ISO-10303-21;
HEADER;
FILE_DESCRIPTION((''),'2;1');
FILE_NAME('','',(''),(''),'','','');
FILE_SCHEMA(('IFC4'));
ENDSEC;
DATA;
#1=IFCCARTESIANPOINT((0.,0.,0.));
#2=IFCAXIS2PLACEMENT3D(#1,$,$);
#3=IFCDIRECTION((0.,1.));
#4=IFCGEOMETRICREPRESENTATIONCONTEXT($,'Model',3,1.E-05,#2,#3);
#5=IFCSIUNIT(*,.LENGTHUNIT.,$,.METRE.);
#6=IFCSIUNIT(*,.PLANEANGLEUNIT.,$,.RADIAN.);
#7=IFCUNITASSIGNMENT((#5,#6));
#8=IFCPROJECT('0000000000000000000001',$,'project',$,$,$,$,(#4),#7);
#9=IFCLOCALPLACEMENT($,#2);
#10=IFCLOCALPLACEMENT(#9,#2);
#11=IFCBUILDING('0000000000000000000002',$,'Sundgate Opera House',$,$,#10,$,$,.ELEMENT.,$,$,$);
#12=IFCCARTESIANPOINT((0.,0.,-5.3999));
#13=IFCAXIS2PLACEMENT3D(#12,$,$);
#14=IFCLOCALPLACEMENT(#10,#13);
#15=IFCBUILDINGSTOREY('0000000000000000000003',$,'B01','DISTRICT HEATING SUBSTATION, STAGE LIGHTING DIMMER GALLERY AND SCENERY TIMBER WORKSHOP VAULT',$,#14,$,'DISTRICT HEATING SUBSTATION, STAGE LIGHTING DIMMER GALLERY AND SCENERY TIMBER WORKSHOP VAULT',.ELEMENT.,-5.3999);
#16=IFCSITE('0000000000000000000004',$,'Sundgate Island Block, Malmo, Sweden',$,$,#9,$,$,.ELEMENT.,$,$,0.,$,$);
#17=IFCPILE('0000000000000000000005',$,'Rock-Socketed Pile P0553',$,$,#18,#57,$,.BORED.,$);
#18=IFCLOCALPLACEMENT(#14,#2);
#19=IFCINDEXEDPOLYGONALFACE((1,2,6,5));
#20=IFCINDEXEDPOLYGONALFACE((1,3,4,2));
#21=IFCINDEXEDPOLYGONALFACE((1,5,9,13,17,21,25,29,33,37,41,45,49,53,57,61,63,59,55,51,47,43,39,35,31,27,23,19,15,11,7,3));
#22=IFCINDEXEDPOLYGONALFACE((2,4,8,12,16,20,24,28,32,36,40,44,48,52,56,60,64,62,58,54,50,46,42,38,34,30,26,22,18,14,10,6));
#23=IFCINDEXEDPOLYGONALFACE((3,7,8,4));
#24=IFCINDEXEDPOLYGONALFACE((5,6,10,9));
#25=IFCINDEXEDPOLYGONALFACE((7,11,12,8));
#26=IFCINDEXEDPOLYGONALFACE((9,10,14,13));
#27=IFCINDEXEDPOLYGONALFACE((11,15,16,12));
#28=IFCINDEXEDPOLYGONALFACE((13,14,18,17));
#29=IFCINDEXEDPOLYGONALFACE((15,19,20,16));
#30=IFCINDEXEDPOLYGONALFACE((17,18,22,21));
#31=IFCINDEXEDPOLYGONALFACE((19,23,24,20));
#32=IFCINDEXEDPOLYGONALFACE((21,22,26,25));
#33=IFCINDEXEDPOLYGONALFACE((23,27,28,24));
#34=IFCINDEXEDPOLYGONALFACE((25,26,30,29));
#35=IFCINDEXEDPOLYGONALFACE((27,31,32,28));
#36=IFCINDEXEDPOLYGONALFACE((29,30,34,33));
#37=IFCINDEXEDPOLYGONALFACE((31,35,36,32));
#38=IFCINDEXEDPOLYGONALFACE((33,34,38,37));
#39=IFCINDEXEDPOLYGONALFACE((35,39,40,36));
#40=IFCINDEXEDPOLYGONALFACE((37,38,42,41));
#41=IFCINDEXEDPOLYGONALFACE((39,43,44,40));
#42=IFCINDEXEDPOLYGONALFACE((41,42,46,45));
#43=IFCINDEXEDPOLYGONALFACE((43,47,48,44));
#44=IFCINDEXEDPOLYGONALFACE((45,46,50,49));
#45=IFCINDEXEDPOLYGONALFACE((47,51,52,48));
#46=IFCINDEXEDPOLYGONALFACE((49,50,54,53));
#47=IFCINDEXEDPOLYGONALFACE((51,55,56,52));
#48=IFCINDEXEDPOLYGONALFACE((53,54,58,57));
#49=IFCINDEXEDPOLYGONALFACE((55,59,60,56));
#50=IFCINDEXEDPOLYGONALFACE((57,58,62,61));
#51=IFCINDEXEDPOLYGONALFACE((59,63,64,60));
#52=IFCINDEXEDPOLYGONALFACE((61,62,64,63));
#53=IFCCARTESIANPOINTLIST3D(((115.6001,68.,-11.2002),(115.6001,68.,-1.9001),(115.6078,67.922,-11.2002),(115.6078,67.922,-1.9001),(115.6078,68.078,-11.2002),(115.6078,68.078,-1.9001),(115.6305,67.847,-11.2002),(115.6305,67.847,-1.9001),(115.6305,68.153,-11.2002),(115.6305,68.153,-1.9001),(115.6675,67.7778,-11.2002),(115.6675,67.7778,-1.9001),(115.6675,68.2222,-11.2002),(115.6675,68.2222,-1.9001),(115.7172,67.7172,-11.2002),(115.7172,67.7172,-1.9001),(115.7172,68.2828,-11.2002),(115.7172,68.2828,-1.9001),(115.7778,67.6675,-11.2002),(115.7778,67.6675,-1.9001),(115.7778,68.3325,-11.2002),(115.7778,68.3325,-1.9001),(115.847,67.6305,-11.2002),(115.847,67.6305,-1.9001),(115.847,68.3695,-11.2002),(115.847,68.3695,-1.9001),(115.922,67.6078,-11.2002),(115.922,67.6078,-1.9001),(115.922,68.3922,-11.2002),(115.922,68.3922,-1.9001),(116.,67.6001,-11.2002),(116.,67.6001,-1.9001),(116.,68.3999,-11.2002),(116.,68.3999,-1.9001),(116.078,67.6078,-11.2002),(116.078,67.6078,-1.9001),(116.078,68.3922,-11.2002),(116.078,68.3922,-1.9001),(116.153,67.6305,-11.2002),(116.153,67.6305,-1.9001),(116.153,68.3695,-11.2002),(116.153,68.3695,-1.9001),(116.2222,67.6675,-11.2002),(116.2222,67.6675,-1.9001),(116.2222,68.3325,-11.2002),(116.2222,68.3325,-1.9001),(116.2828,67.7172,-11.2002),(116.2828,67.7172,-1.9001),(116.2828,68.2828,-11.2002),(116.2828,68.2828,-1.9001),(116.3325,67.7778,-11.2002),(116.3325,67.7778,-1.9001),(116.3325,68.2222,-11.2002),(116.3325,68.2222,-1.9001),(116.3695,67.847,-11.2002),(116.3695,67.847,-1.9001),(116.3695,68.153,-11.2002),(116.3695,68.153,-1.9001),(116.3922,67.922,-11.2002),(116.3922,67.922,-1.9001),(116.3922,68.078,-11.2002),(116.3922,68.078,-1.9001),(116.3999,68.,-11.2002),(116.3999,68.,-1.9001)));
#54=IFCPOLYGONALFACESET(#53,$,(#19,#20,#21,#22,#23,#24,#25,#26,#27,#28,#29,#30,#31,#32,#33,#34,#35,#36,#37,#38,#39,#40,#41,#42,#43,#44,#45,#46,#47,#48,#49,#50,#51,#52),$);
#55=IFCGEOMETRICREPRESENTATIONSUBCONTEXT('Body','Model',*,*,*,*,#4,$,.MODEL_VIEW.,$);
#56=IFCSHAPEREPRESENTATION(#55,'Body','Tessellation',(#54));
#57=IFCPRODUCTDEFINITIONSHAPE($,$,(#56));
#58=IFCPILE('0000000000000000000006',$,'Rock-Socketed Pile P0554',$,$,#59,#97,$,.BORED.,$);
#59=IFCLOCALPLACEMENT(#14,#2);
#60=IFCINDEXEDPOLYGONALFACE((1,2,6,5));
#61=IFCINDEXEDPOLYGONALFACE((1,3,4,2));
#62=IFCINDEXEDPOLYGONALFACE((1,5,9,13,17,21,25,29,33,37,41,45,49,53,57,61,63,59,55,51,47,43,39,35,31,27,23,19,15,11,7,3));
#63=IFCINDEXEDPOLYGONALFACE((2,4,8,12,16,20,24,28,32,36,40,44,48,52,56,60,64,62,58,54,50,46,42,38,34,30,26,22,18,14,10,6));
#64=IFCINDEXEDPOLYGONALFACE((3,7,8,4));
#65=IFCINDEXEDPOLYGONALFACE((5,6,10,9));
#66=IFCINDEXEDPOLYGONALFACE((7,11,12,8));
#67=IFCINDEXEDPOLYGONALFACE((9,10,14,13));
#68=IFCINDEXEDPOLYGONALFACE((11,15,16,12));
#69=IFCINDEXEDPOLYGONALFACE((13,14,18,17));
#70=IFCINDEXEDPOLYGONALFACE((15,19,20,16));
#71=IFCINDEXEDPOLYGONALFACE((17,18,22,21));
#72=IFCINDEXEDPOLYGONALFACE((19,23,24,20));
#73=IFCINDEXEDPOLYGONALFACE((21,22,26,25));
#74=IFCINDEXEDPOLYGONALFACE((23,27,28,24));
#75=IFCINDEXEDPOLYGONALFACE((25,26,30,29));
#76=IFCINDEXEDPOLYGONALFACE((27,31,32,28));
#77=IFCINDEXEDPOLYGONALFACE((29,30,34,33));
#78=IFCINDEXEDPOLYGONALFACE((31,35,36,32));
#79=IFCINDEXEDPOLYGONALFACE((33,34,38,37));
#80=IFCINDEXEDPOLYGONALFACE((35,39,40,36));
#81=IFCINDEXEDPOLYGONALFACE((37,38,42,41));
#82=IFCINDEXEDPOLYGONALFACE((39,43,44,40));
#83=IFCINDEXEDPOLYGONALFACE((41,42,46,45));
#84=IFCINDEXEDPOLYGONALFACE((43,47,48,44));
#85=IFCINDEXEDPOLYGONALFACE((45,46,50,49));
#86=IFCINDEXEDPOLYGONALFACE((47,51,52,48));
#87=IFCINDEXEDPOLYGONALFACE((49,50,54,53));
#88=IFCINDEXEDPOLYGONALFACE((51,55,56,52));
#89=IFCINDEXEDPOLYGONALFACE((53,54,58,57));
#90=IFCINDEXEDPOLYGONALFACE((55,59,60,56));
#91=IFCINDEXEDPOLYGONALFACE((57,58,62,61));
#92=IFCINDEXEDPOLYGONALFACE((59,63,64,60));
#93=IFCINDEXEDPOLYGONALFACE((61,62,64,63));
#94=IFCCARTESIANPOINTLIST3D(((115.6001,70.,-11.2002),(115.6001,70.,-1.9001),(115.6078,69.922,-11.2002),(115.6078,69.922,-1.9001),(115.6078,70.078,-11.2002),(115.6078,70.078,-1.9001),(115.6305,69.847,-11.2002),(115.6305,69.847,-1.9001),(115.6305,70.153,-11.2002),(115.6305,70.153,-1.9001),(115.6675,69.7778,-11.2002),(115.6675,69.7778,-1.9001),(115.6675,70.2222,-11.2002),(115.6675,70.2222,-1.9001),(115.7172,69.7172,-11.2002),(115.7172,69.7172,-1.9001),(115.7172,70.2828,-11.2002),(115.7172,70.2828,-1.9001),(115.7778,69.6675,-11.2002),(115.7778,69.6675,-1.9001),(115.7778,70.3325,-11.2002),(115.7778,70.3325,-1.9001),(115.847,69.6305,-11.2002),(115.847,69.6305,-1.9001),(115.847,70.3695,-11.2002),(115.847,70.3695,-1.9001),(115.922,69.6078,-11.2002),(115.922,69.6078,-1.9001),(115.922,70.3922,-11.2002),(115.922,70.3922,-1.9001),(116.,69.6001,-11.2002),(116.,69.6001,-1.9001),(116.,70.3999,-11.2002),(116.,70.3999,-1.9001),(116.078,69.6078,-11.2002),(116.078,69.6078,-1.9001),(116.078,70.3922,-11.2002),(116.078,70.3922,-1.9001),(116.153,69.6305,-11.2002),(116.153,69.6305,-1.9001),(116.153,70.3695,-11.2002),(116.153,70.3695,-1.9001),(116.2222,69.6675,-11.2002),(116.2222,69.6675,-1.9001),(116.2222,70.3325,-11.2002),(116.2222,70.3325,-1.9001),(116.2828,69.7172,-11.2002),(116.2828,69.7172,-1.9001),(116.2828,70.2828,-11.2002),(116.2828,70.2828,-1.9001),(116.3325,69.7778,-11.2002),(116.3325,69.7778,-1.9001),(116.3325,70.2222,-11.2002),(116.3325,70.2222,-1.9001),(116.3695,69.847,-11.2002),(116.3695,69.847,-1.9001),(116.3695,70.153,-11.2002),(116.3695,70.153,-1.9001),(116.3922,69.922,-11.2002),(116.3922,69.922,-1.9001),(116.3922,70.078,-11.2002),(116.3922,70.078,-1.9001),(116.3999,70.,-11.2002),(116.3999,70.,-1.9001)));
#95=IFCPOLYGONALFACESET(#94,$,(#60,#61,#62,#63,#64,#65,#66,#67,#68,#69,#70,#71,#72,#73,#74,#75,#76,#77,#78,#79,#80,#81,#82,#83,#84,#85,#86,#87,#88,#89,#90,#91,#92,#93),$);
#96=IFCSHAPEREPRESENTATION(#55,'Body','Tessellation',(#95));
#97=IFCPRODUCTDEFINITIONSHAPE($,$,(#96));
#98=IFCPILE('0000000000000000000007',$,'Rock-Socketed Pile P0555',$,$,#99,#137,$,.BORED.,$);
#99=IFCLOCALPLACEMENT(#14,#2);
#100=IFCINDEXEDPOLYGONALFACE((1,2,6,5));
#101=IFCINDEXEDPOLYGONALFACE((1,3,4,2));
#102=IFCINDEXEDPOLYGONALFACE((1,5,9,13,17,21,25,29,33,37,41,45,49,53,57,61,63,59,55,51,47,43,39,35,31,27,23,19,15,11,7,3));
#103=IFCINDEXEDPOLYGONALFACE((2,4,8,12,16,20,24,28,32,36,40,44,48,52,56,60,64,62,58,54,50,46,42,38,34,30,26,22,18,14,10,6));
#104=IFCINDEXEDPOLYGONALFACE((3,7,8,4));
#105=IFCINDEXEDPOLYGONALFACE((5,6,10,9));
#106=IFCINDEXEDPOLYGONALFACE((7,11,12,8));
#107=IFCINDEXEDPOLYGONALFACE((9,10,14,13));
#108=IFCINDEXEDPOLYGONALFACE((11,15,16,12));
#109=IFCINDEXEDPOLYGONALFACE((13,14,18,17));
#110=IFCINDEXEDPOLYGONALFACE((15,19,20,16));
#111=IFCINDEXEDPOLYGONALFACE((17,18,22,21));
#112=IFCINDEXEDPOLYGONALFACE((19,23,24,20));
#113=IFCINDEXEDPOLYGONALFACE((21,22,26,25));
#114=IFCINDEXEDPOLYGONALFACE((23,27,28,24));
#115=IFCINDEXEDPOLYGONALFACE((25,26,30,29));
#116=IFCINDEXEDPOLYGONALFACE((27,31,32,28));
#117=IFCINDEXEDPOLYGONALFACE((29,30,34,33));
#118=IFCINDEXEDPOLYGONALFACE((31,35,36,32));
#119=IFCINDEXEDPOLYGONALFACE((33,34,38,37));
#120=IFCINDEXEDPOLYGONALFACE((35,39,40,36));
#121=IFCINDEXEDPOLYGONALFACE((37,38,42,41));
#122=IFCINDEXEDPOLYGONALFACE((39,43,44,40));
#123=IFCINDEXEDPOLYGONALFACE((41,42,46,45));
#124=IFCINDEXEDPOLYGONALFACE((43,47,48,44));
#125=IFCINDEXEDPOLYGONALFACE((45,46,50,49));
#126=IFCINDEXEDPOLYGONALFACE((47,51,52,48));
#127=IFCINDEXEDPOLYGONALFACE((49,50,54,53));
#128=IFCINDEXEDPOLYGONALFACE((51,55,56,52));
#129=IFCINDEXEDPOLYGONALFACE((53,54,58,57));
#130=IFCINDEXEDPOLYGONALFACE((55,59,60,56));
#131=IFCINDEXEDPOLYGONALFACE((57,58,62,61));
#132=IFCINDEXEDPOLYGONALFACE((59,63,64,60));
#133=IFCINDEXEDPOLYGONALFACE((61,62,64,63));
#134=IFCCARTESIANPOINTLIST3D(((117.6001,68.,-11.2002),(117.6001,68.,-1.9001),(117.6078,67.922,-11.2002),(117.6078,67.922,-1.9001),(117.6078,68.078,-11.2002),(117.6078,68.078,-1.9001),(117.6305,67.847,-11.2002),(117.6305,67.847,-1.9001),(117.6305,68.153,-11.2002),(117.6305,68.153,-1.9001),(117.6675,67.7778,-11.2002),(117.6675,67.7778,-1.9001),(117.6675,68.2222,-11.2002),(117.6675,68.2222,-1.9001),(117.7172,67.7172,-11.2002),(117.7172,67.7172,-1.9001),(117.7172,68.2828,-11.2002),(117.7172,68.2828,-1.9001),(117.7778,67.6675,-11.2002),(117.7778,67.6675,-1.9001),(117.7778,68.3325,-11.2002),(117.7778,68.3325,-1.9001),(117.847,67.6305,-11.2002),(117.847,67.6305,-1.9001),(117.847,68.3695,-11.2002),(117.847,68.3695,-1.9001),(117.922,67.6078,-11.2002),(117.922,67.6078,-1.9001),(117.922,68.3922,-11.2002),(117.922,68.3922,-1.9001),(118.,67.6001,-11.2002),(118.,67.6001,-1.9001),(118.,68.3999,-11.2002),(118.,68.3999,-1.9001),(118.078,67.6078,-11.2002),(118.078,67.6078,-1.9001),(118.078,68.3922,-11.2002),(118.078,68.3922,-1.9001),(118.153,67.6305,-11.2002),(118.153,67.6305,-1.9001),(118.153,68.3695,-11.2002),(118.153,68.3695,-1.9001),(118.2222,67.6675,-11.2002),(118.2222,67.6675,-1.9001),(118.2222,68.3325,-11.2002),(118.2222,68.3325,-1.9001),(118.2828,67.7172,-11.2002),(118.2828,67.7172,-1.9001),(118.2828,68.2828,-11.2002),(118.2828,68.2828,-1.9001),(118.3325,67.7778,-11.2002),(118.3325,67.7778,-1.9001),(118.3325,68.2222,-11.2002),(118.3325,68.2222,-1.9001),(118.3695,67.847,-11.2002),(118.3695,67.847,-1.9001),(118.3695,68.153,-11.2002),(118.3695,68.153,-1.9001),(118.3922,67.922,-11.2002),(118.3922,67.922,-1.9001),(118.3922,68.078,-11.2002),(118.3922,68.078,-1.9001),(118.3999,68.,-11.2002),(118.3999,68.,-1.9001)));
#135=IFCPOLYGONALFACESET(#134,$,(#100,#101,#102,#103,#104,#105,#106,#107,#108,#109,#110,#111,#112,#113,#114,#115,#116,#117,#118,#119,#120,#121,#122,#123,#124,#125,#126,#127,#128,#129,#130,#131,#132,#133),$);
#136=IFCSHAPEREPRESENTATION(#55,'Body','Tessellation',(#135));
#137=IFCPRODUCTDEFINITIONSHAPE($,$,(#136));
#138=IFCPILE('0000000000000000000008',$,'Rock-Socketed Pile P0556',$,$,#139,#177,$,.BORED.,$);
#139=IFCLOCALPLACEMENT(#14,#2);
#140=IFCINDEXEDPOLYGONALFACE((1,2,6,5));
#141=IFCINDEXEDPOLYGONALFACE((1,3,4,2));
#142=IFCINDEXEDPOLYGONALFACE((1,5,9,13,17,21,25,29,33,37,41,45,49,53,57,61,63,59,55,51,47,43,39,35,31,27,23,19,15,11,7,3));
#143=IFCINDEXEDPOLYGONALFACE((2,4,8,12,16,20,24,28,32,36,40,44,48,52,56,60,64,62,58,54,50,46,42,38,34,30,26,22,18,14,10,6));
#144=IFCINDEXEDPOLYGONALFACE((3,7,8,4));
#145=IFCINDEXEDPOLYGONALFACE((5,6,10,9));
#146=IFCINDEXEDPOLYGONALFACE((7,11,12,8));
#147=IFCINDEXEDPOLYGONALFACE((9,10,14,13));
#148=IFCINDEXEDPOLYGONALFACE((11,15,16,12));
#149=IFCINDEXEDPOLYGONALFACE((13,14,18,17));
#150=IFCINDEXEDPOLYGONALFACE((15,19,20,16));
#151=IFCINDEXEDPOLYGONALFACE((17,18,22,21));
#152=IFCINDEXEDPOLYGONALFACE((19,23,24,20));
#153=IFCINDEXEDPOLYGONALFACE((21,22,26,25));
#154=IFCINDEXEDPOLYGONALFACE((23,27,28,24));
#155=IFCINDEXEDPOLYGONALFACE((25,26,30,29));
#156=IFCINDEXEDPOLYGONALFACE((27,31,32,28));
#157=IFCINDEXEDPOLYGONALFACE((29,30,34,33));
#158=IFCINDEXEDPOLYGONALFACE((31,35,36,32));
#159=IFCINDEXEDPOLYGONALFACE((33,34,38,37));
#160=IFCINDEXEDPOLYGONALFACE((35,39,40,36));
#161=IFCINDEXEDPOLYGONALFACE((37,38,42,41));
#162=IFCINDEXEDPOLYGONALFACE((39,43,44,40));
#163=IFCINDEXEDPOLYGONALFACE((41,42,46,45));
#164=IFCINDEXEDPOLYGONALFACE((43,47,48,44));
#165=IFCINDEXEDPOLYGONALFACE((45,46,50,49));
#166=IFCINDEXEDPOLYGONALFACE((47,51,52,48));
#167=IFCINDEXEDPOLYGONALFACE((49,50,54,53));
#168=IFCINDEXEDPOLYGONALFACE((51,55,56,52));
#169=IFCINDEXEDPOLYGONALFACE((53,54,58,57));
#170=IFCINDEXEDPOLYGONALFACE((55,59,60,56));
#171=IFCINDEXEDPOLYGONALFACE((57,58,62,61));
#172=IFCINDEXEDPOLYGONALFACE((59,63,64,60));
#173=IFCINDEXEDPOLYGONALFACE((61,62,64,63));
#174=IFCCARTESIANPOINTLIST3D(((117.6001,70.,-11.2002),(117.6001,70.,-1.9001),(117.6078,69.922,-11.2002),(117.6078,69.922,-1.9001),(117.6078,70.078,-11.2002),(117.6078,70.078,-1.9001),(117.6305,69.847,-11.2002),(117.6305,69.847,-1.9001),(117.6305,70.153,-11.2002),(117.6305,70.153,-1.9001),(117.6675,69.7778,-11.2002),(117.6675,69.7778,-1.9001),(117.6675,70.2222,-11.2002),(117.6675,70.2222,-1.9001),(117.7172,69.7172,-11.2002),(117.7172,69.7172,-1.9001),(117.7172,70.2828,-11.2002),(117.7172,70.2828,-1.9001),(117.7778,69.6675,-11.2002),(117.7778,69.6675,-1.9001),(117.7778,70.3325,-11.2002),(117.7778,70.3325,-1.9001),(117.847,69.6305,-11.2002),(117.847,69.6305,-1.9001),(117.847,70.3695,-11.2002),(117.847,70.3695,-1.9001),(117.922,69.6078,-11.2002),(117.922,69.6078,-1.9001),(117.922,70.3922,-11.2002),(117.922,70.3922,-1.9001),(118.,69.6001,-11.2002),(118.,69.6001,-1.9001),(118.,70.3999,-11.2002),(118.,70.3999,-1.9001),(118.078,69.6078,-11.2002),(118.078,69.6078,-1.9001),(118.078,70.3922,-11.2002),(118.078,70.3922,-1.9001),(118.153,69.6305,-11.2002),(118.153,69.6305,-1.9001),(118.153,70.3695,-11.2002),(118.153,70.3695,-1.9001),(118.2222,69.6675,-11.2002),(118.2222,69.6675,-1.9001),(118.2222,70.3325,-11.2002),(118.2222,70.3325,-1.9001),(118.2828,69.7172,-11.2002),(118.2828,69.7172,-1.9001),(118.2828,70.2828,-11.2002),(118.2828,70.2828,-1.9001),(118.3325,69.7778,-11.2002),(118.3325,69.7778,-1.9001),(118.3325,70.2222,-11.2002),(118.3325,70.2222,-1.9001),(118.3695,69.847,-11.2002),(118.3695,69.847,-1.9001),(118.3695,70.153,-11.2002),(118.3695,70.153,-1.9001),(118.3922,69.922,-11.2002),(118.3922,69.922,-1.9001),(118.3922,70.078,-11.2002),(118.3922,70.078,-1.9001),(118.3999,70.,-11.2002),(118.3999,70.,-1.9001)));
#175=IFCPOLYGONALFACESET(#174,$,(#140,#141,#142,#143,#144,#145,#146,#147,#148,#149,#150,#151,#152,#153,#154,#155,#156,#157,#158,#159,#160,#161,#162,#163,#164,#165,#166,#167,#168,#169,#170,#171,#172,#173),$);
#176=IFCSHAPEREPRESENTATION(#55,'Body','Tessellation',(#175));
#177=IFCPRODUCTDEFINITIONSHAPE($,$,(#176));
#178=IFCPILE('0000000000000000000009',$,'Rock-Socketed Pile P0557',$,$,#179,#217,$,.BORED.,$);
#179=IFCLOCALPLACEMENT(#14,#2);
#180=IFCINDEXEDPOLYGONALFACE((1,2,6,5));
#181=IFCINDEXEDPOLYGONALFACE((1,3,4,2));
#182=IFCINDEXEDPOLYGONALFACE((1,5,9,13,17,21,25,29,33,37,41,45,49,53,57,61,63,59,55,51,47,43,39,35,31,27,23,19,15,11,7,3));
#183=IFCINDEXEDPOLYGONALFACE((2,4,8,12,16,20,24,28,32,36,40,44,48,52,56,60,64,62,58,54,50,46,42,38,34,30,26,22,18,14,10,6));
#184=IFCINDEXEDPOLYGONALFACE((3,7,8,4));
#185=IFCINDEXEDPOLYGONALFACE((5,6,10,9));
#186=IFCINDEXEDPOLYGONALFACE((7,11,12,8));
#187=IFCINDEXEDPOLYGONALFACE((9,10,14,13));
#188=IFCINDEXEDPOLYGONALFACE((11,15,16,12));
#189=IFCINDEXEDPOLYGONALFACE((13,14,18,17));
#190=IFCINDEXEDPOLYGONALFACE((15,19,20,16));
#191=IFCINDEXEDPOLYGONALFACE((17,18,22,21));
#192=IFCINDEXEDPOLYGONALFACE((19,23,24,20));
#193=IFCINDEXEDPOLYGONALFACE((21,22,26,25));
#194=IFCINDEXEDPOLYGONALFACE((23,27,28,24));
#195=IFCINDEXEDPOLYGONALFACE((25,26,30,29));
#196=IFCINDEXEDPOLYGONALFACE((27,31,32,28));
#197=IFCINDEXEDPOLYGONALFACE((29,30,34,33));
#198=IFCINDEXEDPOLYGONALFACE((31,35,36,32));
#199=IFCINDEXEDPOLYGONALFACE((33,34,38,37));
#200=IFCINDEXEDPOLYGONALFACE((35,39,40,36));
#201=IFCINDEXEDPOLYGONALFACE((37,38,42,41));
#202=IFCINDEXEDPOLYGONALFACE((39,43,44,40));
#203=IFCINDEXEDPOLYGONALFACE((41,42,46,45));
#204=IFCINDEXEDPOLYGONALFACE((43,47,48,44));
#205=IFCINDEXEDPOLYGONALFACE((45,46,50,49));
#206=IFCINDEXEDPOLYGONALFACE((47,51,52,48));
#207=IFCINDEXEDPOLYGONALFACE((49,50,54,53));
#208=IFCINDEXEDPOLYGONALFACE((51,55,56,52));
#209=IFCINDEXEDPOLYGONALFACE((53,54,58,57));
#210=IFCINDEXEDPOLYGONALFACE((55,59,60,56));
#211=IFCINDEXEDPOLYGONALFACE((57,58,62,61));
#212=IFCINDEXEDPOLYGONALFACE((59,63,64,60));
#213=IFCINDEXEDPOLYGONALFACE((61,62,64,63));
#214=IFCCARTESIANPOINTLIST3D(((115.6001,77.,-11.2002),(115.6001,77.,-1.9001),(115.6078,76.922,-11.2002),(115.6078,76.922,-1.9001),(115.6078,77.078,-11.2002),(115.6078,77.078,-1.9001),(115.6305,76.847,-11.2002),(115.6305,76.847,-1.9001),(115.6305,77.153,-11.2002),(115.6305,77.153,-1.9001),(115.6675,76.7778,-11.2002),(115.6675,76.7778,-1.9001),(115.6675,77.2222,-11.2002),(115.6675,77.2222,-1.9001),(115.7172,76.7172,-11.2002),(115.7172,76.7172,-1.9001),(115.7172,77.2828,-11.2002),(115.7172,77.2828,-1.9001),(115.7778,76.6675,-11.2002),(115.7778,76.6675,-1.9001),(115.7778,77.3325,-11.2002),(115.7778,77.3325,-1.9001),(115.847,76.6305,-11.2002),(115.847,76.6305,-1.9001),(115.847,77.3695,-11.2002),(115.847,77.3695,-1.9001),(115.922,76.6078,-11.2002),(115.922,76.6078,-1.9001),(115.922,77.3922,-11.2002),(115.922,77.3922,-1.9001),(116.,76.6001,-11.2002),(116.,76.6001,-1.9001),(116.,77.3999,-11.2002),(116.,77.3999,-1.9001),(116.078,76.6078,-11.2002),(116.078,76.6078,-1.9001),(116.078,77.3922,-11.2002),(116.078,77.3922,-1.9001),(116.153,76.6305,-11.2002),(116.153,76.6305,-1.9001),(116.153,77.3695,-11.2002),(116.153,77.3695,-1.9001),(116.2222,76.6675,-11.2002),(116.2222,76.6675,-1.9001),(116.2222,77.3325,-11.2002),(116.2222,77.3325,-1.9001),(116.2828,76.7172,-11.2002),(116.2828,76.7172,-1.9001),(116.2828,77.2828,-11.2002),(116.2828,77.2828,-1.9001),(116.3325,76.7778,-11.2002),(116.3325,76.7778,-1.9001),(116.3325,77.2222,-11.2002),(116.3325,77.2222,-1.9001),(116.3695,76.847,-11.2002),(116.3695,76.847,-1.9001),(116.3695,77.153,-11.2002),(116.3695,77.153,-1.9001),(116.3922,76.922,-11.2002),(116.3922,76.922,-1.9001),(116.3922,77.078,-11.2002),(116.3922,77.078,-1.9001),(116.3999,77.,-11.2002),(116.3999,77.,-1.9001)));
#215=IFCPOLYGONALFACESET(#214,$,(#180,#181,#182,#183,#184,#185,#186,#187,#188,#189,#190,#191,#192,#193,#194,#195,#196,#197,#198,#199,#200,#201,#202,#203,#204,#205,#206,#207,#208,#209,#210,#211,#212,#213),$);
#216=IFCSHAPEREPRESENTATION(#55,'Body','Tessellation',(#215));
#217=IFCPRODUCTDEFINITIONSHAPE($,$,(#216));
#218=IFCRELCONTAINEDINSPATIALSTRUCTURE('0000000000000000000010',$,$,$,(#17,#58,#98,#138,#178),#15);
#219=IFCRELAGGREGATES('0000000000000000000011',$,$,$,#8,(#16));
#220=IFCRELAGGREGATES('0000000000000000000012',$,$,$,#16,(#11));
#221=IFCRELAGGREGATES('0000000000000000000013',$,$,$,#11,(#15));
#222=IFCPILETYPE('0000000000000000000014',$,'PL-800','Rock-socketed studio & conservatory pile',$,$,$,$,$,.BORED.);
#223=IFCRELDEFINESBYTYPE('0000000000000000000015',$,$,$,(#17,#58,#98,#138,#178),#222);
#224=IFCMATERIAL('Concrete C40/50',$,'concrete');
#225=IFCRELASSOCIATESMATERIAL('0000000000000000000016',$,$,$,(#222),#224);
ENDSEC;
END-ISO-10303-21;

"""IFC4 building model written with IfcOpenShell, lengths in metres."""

from ifc_helpers import new_model, si_unit, direction, frame, origin, origin_2d, place, context, subcontext, project, spatial, circle, extrude, material, material_profile, profile_set, type_object, element, save


model = new_model("IFC4")

# Units and contexts
model_context = context("Model", 3, precision=1e-05, world=origin(), true_north=direction((0.0, 1.0)))
body_context = subcontext(model_context, "Body", "Model", "MODEL_VIEW")
ifc_project = project(units=[si_unit("LENGTHUNIT", "METRE"), si_unit("PLANEANGLEUNIT", "RADIAN")], contexts=[model_context])

# Site, building, storey
site_placement = place(None, origin())
site = spatial("IfcSite", under=ifc_project, at=site_placement, Name="Sundgate Island Block, Malmo, Sweden", CompositionType="ELEMENT", RefElevation=0.0)
building_placement = place(site_placement, origin())
building = spatial("IfcBuilding", under=site, at=building_placement, Name="Sundgate Opera House", CompositionType="ELEMENT")
storey_placement = place(building_placement, frame((0.0, 0.0, -5.3999)))
storey = spatial("IfcBuildingStorey", under=building, at=storey_placement, Name="B01", Description="DISTRICT HEATING SUBSTATION, STAGE LIGHTING DIMMER GALLERY AND SCENERY TIMBER WORKSHOP VAULT", LongName="DISTRICT HEATING SUBSTATION, STAGE LIGHTING DIMMER GALLERY AND SCENERY TIMBER WORKSHOP VAULT", CompositionType="ELEMENT", Elevation=-5.3999)

# Piles
ifc_material_1 = material(Name="Concrete C40/50", Category="concrete")
ifc_material_profile_1 = material_profile(ifc_material_1, circle(Radius=0.3999, at=origin_2d()), Name="PILE D800")
ifc_profile_set_1 = profile_set([ifc_material_profile_1], Name="Concrete C40/50")
pile_type = type_object("IfcPileType", Name="PL-800", Description="Rock-socketed studio & conservatory pile", PredefinedType="BORED", material=ifc_profile_set_1)
for number, where, z_axis, x_axis, name in (
    (1, (116.0, 68.0, -1.9001), (0.0, 0.0, -1.0), (1.0, 0.0, 0.0), "Rock-Socketed Pile P0553"),
    (2, (116.0, 70.0, -1.9001), (0.0, 0.0, -1.0), (1.0, 0.0, 0.0), "Rock-Socketed Pile P0554"),
    (3, (118.0, 68.0, -1.9001), (0.0, 0.0, -1.0), (1.0, 0.0, 0.0), "Rock-Socketed Pile P0555"),
    (4, (118.0, 70.0, -1.9001), (0.0, 0.0, -1.0), (1.0, 0.0, 0.0), "Rock-Socketed Pile P0556"),
    (5, (116.0, 77.0, -1.9001), (0.0, 0.0, -1.0), (1.0, 0.0, 0.0), "Rock-Socketed Pile P0557"),
):
    element("IfcPile", number, at=place(storey_placement, frame(where, z_axis=z_axis, x_axis=x_axis)), inside=storey, type_object=pile_type, Name=name, PredefinedType="BORED", context=body_context, shape_type="SweptSolid", body=[
        extrude(circle(Radius=0.3999, at=origin_2d()), origin(), (0.0, 0.0, 1.0), 9.3),
    ])

save(model, "model.ifc")
